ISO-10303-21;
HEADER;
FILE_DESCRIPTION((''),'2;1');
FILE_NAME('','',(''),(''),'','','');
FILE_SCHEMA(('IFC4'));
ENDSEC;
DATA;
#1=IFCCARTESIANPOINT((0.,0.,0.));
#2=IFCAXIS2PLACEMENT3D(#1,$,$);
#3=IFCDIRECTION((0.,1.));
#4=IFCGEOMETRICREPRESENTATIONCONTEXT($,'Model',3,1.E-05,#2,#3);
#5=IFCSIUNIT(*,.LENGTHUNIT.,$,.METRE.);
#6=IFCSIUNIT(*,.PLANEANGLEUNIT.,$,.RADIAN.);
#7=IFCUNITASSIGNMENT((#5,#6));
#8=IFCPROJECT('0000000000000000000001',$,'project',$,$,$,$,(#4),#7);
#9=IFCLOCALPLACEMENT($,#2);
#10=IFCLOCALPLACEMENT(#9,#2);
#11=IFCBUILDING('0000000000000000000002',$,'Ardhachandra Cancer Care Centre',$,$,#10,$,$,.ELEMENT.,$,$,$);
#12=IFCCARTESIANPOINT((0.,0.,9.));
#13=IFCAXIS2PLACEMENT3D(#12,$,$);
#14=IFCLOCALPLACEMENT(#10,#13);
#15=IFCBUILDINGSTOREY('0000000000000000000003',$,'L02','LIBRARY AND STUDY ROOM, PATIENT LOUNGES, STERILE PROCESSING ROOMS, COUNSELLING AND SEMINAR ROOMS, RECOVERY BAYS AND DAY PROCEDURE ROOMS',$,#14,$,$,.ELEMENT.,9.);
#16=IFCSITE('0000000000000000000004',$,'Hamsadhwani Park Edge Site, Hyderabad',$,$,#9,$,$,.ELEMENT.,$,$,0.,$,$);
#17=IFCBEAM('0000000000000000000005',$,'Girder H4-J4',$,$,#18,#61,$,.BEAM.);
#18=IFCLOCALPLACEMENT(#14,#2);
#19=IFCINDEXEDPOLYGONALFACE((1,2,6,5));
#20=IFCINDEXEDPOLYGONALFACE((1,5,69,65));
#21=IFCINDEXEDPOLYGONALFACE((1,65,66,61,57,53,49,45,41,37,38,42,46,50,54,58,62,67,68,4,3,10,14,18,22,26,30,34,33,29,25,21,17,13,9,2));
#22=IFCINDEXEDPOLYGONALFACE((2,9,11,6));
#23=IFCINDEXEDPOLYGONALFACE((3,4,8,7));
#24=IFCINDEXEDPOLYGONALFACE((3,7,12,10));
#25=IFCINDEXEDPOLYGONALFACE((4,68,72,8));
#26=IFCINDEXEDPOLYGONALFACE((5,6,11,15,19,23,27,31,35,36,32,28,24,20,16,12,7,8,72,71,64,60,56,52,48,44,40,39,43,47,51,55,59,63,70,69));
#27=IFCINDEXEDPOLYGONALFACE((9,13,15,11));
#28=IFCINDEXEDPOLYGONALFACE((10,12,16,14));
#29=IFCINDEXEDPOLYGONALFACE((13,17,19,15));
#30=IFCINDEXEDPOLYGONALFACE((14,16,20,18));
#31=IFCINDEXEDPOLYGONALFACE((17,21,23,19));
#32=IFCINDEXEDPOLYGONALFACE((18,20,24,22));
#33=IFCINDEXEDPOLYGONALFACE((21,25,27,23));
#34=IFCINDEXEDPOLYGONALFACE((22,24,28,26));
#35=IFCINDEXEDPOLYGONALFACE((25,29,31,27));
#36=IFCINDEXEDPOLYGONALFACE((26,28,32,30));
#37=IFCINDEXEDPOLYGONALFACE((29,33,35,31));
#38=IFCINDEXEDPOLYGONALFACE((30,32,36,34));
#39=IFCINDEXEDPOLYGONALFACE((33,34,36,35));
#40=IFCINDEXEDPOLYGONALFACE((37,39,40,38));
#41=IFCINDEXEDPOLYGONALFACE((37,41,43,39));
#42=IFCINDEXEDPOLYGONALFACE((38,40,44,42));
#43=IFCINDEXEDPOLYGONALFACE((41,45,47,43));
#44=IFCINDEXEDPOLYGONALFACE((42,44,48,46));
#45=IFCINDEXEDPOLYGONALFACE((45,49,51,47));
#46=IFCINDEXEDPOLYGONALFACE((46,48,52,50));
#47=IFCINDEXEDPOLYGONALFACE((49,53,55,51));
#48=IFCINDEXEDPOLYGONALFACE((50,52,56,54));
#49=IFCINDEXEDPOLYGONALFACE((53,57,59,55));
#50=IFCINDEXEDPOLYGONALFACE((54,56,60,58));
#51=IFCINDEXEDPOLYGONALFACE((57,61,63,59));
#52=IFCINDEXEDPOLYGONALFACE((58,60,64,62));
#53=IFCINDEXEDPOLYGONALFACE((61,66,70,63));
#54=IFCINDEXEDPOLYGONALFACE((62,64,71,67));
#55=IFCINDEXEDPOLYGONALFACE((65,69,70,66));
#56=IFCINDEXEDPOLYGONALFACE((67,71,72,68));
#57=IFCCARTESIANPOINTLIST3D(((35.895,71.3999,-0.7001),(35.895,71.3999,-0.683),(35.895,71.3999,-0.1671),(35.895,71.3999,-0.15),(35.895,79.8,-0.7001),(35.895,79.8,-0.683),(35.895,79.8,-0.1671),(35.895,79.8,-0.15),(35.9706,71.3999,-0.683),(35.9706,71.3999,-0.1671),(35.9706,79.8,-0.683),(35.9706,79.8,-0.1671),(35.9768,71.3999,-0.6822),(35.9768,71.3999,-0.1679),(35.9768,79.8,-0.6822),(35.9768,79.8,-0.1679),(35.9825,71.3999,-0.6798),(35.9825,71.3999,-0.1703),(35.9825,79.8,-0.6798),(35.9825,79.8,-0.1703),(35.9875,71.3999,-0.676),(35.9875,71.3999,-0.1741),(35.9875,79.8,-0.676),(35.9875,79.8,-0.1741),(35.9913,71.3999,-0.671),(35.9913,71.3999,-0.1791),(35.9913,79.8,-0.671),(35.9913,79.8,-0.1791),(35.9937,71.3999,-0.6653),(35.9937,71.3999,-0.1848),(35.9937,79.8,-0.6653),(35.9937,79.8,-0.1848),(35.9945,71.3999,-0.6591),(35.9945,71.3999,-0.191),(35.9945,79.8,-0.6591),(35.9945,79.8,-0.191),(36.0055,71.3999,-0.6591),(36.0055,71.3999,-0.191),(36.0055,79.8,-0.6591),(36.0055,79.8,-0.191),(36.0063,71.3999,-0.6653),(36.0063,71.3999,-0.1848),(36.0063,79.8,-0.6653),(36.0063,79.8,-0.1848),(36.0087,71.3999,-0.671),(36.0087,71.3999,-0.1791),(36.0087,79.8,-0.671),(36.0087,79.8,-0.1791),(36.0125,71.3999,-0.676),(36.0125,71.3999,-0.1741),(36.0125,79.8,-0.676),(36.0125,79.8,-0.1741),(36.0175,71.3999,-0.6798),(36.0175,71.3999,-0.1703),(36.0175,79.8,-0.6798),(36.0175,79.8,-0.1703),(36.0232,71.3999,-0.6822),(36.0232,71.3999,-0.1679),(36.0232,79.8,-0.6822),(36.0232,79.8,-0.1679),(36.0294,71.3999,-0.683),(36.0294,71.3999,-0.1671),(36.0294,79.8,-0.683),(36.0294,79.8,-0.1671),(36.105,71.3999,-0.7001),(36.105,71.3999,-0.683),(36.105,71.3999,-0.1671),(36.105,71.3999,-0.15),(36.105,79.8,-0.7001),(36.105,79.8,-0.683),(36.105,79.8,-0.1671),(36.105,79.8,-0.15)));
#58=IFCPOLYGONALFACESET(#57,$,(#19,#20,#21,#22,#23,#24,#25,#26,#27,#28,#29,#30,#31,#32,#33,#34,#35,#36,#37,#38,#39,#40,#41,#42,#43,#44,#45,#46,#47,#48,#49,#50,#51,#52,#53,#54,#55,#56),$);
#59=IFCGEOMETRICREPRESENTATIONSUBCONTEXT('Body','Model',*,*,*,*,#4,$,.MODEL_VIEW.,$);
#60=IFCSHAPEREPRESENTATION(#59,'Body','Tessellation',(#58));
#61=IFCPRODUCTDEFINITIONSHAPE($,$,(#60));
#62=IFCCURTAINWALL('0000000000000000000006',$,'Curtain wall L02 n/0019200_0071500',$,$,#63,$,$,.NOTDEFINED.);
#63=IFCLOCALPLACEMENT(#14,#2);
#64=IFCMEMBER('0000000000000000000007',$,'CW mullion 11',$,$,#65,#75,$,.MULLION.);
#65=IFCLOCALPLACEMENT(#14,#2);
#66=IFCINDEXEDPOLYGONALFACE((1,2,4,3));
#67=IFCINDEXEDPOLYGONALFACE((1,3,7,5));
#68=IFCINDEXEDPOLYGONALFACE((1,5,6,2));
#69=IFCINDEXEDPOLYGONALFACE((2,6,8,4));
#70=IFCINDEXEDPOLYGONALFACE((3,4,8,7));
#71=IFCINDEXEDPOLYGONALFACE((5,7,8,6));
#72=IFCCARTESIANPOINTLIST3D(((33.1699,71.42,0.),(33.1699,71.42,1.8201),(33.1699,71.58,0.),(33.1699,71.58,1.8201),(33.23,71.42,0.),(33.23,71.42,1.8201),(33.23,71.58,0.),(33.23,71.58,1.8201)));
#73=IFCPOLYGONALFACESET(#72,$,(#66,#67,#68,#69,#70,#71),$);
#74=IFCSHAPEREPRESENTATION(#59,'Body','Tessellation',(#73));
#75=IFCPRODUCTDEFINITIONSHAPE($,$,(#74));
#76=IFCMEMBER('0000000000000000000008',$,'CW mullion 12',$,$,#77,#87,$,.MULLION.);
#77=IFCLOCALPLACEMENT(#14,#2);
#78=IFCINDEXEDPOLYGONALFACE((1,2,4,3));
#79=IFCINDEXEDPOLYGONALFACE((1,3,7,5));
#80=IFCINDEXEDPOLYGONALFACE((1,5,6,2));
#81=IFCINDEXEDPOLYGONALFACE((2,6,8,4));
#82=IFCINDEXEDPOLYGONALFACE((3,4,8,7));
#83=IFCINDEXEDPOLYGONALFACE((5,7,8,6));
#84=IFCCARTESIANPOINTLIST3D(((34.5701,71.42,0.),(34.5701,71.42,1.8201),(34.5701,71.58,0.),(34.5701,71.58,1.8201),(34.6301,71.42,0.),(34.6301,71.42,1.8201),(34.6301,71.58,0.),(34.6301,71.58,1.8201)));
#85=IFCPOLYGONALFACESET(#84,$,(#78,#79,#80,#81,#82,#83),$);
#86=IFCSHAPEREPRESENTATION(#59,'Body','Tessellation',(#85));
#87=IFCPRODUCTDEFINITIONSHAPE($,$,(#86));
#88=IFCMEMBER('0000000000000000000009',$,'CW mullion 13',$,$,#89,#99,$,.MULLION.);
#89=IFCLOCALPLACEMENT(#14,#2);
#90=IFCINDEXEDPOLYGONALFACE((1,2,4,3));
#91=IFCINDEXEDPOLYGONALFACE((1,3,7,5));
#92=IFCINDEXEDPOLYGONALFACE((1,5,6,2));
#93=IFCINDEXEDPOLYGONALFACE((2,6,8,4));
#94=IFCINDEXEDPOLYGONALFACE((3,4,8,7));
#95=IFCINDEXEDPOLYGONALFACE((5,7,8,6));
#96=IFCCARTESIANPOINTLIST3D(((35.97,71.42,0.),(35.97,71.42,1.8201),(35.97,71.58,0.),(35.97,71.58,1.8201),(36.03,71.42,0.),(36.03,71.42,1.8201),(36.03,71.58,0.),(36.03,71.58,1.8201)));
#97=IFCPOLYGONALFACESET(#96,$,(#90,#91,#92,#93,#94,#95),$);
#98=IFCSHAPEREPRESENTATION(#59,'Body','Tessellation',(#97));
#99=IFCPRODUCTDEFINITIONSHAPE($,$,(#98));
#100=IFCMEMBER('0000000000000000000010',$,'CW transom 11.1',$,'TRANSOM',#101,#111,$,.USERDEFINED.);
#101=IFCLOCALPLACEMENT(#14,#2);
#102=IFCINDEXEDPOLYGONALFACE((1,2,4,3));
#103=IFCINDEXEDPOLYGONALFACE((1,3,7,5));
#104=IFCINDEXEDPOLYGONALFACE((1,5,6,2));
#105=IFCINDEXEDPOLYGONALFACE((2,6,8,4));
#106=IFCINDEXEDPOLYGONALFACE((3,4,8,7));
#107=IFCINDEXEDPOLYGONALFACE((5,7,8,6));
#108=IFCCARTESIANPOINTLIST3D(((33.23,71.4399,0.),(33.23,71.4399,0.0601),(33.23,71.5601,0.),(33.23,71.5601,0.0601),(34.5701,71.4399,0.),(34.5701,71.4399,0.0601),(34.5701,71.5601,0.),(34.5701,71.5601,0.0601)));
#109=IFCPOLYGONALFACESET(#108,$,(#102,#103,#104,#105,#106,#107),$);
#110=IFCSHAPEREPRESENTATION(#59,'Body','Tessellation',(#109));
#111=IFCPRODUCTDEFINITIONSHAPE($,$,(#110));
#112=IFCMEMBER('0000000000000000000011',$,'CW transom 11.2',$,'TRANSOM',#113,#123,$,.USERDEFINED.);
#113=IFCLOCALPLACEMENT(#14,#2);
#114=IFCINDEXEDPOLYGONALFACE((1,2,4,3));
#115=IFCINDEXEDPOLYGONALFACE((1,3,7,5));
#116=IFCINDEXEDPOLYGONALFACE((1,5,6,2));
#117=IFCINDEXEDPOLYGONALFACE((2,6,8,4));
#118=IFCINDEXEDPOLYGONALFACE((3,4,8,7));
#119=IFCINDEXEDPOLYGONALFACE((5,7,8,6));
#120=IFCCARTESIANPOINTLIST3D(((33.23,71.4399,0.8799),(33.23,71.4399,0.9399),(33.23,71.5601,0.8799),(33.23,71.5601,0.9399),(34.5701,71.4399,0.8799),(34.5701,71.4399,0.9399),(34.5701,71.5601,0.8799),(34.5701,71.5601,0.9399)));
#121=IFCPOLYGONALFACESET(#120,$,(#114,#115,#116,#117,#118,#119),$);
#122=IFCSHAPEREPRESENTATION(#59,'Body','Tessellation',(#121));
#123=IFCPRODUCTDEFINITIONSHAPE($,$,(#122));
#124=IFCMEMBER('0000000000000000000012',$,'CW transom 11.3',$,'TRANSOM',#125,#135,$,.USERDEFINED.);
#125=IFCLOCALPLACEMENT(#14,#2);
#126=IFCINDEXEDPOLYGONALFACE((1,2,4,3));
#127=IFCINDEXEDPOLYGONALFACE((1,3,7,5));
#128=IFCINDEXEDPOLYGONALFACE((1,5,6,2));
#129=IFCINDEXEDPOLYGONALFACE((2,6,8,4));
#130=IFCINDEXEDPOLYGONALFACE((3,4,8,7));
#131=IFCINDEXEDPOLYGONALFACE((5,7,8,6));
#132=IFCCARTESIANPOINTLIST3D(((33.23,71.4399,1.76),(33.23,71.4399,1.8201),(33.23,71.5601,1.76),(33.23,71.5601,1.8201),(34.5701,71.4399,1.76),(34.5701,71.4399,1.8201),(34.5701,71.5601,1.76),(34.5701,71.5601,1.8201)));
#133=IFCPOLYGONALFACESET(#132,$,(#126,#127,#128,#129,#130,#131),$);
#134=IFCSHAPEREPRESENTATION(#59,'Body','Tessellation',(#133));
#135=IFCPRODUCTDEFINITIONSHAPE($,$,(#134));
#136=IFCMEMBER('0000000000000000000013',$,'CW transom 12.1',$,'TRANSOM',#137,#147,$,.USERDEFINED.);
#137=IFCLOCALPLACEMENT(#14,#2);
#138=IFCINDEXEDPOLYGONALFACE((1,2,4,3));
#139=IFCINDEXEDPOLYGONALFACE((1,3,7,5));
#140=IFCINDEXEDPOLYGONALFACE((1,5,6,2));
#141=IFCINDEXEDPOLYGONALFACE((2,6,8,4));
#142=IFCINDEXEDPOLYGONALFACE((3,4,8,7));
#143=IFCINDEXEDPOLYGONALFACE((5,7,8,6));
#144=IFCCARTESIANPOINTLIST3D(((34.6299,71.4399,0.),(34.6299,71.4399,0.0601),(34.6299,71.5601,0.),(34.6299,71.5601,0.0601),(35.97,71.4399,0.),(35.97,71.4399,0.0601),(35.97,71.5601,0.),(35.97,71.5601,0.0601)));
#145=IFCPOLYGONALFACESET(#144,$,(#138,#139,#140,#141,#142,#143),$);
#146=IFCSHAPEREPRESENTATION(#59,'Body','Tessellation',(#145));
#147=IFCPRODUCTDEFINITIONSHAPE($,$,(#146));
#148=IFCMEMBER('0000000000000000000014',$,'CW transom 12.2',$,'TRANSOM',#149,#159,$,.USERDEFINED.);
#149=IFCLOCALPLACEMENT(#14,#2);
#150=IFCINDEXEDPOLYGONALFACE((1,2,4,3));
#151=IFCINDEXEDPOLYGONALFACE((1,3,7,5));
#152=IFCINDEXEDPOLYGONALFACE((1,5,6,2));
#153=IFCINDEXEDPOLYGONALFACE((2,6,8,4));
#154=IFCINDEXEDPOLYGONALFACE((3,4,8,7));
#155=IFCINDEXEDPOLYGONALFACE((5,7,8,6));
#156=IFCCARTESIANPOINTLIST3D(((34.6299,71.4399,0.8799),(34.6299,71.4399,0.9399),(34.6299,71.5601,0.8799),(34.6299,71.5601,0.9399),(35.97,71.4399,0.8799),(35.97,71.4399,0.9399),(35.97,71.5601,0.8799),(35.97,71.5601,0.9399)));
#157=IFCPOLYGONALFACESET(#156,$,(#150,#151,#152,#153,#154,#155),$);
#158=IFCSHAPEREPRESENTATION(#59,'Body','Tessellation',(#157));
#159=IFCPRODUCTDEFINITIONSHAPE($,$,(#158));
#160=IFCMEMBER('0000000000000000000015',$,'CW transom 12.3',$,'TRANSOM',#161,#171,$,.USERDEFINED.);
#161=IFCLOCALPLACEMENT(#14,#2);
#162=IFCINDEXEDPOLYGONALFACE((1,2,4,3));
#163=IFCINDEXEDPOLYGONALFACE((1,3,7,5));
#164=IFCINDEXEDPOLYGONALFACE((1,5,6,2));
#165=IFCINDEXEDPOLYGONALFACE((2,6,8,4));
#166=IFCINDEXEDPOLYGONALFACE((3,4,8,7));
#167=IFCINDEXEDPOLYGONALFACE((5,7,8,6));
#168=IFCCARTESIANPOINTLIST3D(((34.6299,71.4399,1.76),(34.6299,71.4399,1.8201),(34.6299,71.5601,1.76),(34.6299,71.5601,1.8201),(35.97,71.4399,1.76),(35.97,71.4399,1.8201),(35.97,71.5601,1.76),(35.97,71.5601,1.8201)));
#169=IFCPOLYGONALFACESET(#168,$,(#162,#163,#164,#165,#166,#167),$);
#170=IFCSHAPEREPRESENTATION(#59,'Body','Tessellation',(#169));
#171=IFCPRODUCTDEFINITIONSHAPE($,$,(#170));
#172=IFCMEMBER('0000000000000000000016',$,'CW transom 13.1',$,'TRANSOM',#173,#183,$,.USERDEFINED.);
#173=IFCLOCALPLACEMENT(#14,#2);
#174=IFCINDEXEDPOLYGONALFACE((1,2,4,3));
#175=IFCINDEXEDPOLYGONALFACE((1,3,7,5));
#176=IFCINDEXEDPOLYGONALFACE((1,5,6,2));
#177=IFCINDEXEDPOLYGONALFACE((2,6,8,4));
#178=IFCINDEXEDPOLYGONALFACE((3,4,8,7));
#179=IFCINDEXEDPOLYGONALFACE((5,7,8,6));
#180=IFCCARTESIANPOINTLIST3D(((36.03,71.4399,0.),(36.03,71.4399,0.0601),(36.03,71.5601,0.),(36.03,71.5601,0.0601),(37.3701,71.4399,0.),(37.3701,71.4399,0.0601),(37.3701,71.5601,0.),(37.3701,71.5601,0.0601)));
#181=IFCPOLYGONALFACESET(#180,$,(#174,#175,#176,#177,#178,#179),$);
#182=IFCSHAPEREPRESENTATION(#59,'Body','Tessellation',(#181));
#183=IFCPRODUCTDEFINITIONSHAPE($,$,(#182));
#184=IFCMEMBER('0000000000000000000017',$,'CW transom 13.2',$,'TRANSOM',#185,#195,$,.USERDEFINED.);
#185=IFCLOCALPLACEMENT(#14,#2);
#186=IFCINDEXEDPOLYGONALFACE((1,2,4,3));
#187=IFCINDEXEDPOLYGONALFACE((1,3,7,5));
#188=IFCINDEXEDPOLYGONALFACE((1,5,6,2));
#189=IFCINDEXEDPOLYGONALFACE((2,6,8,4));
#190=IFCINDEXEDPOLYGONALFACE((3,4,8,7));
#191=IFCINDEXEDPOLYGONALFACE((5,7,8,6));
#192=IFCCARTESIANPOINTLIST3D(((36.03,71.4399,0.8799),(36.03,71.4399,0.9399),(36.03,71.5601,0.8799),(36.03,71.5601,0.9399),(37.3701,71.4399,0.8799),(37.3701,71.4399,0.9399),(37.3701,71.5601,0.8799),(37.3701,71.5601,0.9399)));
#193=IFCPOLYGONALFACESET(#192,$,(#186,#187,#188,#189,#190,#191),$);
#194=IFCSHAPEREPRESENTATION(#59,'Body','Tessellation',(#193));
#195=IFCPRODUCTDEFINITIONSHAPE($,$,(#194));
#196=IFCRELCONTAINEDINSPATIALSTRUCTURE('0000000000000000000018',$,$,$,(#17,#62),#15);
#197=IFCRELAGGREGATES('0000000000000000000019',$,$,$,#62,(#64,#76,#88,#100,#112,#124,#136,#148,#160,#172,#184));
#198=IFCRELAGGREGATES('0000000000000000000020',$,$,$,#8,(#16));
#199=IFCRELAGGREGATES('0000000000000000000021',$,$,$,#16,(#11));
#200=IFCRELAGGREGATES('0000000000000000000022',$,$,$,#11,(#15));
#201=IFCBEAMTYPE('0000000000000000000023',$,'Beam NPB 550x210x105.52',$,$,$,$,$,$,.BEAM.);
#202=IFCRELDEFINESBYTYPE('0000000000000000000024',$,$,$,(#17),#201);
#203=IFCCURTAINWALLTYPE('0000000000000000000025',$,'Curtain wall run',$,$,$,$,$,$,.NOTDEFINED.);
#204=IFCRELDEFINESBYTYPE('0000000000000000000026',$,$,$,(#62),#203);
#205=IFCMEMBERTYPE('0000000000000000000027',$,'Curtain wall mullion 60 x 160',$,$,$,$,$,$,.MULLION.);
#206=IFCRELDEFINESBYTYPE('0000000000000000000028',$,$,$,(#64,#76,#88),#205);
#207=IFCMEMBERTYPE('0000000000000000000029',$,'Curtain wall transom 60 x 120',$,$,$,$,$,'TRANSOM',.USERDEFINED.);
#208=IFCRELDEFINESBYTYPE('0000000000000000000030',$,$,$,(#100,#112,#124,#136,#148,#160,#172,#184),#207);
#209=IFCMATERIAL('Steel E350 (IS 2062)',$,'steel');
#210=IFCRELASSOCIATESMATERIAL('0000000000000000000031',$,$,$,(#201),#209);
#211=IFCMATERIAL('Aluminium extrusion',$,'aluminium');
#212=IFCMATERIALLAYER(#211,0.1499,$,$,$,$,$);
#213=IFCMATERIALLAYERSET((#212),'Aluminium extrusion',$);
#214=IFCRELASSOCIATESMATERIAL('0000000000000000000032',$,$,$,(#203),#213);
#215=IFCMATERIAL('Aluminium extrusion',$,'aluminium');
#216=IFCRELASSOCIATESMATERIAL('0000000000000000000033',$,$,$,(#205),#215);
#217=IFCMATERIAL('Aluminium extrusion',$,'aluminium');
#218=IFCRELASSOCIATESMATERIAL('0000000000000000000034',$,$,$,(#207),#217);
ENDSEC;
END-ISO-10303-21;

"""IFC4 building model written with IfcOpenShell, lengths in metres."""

from ifc_helpers import new_model, si_unit, direction, frame, origin, origin_2d, place, context, subcontext, project, spatial, rectangle, i_section, extrude, material, layer, layer_set, material_profile, profile_set, type_object, element, aggregate, save


model = new_model("IFC4")

# Units and contexts
model_context = context("Model", 3, precision=1e-05, world=origin(), true_north=direction((0.0, 1.0)))
body_context = subcontext(model_context, "Body", "Model", "MODEL_VIEW")
ifc_project = project(units=[si_unit("LENGTHUNIT", "METRE"), si_unit("PLANEANGLEUNIT", "RADIAN")], contexts=[model_context])

# Site, building, storey
site_placement = place(None, origin())
site = spatial("IfcSite", under=ifc_project, at=site_placement, Name="Hamsadhwani Park Edge Site, Hyderabad", CompositionType="ELEMENT", RefElevation=0.0)
building_placement = place(site_placement, origin())
building = spatial("IfcBuilding", under=site, at=building_placement, Name="Ardhachandra Cancer Care Centre", CompositionType="ELEMENT")
storey_placement = place(building_placement, frame((0.0, 0.0, 9.0)))
storey = spatial("IfcBuildingStorey", under=building, at=storey_placement, Name="L02", Description="LIBRARY AND STUDY ROOM, PATIENT LOUNGES, STERILE PROCESSING ROOMS, COUNSELLING AND SEMINAR ROOMS, RECOVERY BAYS AND DAY PROCEDURE ROOMS", CompositionType="ELEMENT", Elevation=9.0)

# Beam
ifc_material_1 = material(Name="Steel E350 (IS 2062)", Category="steel")
ifc_material_profile_1 = material_profile(ifc_material_1, i_section(OverallWidth=0.21, OverallDepth=0.55, WebThickness=0.011, FlangeThickness=0.0171, FilletRadius=0.0239, at=origin_2d()), Name="NPB 550x210x105.52")
ifc_profile_set_1 = profile_set([ifc_material_profile_1], Name="Steel E350 (IS 2062)")
beam_type_1 = type_object("IfcBeamType", Name="Beam NPB 550x210x105.52", PredefinedType="BEAM", material=ifc_profile_set_1)
beam_1_placement = place(storey_placement, frame((36.0, 71.3999, -0.425), z_axis=(0.0, 1.0, 0.0), x_axis=(-1.0, 0.0, 0.0)))
element("IfcBeam", 1, at=beam_1_placement, inside=storey, type_object=beam_type_1, Name="Girder H4-J4", PredefinedType="BEAM", context=body_context, shape_type="SweptSolid", body=[
    extrude(i_section(OverallWidth=0.21, OverallDepth=0.55, WebThickness=0.011, FlangeThickness=0.0171, FilletRadius=0.0239, at=origin_2d()), origin(), (0.0, 0.0, 1.0), 8.4001),
])

# Curtain wall, members
ifc_material_2 = material(Name="Aluminium extrusion", Category="aluminium")
ifc_layer_1 = layer(ifc_material_2, 0.1499)
ifc_layer_set_1 = layer_set([ifc_layer_1], Name="Aluminium extrusion")
curtain_wall_type = type_object("IfcCurtainWallType", Name="Curtain wall run", PredefinedType="NOTDEFINED", material=ifc_layer_set_1)
curtain_wall_placement = place(storey_placement, origin())
curtain_wall = element("IfcCurtainWall", 2, at=curtain_wall_placement, inside=storey, type_object=curtain_wall_type, Name="Curtain wall L02 n/0019200_0071500", PredefinedType="NOTDEFINED")
ifc_material_3 = material(Name="Aluminium extrusion", Category="aluminium")
ifc_material_profile_2 = material_profile(ifc_material_3, rectangle(XDim=0.1599, YDim=0.0601, at=origin_2d()), Name="Curtain wall mullion 60 x 160")
ifc_profile_set_2 = profile_set([ifc_material_profile_2], Name="Aluminium extrusion")
member_type_1 = type_object("IfcMemberType", Name="Curtain wall mullion 60 x 160", PredefinedType="MULLION", material=ifc_profile_set_2)
member_1_placement = place(storey_placement, frame((33.2, 71.5, 0.0), z_axis=(0.0, 0.0, 1.0), x_axis=(0.0, 1.0, 0.0)))
member_1 = element("IfcMember", 3, at=member_1_placement, type_object=member_type_1, Name="CW mullion 11", PredefinedType="MULLION", context=body_context, shape_type="SweptSolid", body=[
    extrude(rectangle(XDim=0.1599, YDim=0.0601, at=origin_2d()), origin(), (0.0, 0.0, 1.0), 1.8201),
])
member_2_placement = place(storey_placement, frame((34.6001, 71.5, 0.0), z_axis=(0.0, 0.0, 1.0), x_axis=(0.0, 1.0, 0.0)))
member_2 = element("IfcMember", 4, at=member_2_placement, type_object=member_type_1, Name="CW mullion 12", PredefinedType="MULLION", context=body_context, shape_type="SweptSolid", body=[
    extrude(rectangle(XDim=0.1599, YDim=0.0601, at=origin_2d()), origin(), (0.0, 0.0, 1.0), 1.8201),
])
member_3_placement = place(storey_placement, frame((36.0, 71.5, 0.0), z_axis=(0.0, 0.0, 1.0), x_axis=(0.0, 1.0, 0.0)))
member_3 = element("IfcMember", 5, at=member_3_placement, type_object=member_type_1, Name="CW mullion 13", PredefinedType="MULLION", context=body_context, shape_type="SweptSolid", body=[
    extrude(rectangle(XDim=0.1599, YDim=0.0601, at=origin_2d()), origin(), (0.0, 0.0, 1.0), 1.8201),
])
ifc_material_4 = material(Name="Aluminium extrusion", Category="aluminium")
ifc_material_profile_3 = material_profile(ifc_material_4, rectangle(XDim=0.1201, YDim=0.0601, at=origin_2d()), Name="Curtain wall transom 60 x 120")
ifc_profile_set_3 = profile_set([ifc_material_profile_3], Name="Aluminium extrusion")
member_type_2 = type_object("IfcMemberType", Name="Curtain wall transom 60 x 120", ElementType="TRANSOM", PredefinedType="USERDEFINED", material=ifc_profile_set_3)
member_4_placement = place(storey_placement, frame((33.23, 71.5, 0.03), z_axis=(1.0, 0.0, 0.0), x_axis=(0.0, 1.0, 0.0)))
member_4 = element("IfcMember", 6, at=member_4_placement, type_object=member_type_2, Name="CW transom 11.1", ObjectType="TRANSOM", PredefinedType="USERDEFINED", context=body_context, shape_type="SweptSolid", body=[
    extrude(rectangle(XDim=0.1201, YDim=0.0601, at=origin_2d()), origin(), (0.0, 0.0, 1.0), 1.3401),
])
member_5_placement = place(storey_placement, frame((33.23, 71.5, 0.9099), z_axis=(1.0, 0.0, 0.0), x_axis=(0.0, 1.0, 0.0)))
member_5 = element("IfcMember", 7, at=member_5_placement, type_object=member_type_2, Name="CW transom 11.2", ObjectType="TRANSOM", PredefinedType="USERDEFINED", context=body_context, shape_type="SweptSolid", body=[
    extrude(rectangle(XDim=0.1201, YDim=0.0601, at=origin_2d()), origin(), (0.0, 0.0, 1.0), 1.3401),
])
member_6_placement = place(storey_placement, frame((33.23, 71.5, 1.79), z_axis=(1.0, 0.0, 0.0), x_axis=(0.0, 1.0, 0.0)))
member_6 = element("IfcMember", 8, at=member_6_placement, type_object=member_type_2, Name="CW transom 11.3", ObjectType="TRANSOM", PredefinedType="USERDEFINED", context=body_context, shape_type="SweptSolid", body=[
    extrude(rectangle(XDim=0.1201, YDim=0.0601, at=origin_2d()), origin(), (0.0, 0.0, 1.0), 1.3401),
])
member_7_placement = place(storey_placement, frame((34.6299, 71.5, 0.03), z_axis=(1.0, 0.0, 0.0), x_axis=(0.0, 1.0, 0.0)))
member_7 = element("IfcMember", 9, at=member_7_placement, type_object=member_type_2, Name="CW transom 12.1", ObjectType="TRANSOM", PredefinedType="USERDEFINED", context=body_context, shape_type="SweptSolid", body=[
    extrude(rectangle(XDim=0.1201, YDim=0.0601, at=origin_2d()), origin(), (0.0, 0.0, 1.0), 1.3401),
])
member_8_placement = place(storey_placement, frame((34.6299, 71.5, 0.9099), z_axis=(1.0, 0.0, 0.0), x_axis=(0.0, 1.0, 0.0)))
member_8 = element("IfcMember", 10, at=member_8_placement, type_object=member_type_2, Name="CW transom 12.2", ObjectType="TRANSOM", PredefinedType="USERDEFINED", context=body_context, shape_type="SweptSolid", body=[
    extrude(rectangle(XDim=0.1201, YDim=0.0601, at=origin_2d()), origin(), (0.0, 0.0, 1.0), 1.3401),
])
member_9_placement = place(storey_placement, frame((34.6299, 71.5, 1.79), z_axis=(1.0, 0.0, 0.0), x_axis=(0.0, 1.0, 0.0)))
member_9 = element("IfcMember", 11, at=member_9_placement, type_object=member_type_2, Name="CW transom 12.3", ObjectType="TRANSOM", PredefinedType="USERDEFINED", context=body_context, shape_type="SweptSolid", body=[
    extrude(rectangle(XDim=0.1201, YDim=0.0601, at=origin_2d()), origin(), (0.0, 0.0, 1.0), 1.3401),
])
member_10_placement = place(storey_placement, frame((36.03, 71.5, 0.03), z_axis=(1.0, 0.0, 0.0), x_axis=(0.0, 1.0, 0.0)))
member_10 = element("IfcMember", 12, at=member_10_placement, type_object=member_type_2, Name="CW transom 13.1", ObjectType="TRANSOM", PredefinedType="USERDEFINED", context=body_context, shape_type="SweptSolid", body=[
    extrude(rectangle(XDim=0.1201, YDim=0.0601, at=origin_2d()), origin(), (0.0, 0.0, 1.0), 1.3401),
])
member_11_placement = place(storey_placement, frame((36.03, 71.5, 0.9099), z_axis=(1.0, 0.0, 0.0), x_axis=(0.0, 1.0, 0.0)))
member_11 = element("IfcMember", 13, at=member_11_placement, type_object=member_type_2, Name="CW transom 13.2", ObjectType="TRANSOM", PredefinedType="USERDEFINED", context=body_context, shape_type="SweptSolid", body=[
    extrude(rectangle(XDim=0.1201, YDim=0.0601, at=origin_2d()), origin(), (0.0, 0.0, 1.0), 1.3401),
])

aggregate(curtain_wall, [member_1, member_2, member_3, member_4, member_5, member_6, member_7, member_8, member_9, member_10, member_11])

save(model, "model.ifc")
